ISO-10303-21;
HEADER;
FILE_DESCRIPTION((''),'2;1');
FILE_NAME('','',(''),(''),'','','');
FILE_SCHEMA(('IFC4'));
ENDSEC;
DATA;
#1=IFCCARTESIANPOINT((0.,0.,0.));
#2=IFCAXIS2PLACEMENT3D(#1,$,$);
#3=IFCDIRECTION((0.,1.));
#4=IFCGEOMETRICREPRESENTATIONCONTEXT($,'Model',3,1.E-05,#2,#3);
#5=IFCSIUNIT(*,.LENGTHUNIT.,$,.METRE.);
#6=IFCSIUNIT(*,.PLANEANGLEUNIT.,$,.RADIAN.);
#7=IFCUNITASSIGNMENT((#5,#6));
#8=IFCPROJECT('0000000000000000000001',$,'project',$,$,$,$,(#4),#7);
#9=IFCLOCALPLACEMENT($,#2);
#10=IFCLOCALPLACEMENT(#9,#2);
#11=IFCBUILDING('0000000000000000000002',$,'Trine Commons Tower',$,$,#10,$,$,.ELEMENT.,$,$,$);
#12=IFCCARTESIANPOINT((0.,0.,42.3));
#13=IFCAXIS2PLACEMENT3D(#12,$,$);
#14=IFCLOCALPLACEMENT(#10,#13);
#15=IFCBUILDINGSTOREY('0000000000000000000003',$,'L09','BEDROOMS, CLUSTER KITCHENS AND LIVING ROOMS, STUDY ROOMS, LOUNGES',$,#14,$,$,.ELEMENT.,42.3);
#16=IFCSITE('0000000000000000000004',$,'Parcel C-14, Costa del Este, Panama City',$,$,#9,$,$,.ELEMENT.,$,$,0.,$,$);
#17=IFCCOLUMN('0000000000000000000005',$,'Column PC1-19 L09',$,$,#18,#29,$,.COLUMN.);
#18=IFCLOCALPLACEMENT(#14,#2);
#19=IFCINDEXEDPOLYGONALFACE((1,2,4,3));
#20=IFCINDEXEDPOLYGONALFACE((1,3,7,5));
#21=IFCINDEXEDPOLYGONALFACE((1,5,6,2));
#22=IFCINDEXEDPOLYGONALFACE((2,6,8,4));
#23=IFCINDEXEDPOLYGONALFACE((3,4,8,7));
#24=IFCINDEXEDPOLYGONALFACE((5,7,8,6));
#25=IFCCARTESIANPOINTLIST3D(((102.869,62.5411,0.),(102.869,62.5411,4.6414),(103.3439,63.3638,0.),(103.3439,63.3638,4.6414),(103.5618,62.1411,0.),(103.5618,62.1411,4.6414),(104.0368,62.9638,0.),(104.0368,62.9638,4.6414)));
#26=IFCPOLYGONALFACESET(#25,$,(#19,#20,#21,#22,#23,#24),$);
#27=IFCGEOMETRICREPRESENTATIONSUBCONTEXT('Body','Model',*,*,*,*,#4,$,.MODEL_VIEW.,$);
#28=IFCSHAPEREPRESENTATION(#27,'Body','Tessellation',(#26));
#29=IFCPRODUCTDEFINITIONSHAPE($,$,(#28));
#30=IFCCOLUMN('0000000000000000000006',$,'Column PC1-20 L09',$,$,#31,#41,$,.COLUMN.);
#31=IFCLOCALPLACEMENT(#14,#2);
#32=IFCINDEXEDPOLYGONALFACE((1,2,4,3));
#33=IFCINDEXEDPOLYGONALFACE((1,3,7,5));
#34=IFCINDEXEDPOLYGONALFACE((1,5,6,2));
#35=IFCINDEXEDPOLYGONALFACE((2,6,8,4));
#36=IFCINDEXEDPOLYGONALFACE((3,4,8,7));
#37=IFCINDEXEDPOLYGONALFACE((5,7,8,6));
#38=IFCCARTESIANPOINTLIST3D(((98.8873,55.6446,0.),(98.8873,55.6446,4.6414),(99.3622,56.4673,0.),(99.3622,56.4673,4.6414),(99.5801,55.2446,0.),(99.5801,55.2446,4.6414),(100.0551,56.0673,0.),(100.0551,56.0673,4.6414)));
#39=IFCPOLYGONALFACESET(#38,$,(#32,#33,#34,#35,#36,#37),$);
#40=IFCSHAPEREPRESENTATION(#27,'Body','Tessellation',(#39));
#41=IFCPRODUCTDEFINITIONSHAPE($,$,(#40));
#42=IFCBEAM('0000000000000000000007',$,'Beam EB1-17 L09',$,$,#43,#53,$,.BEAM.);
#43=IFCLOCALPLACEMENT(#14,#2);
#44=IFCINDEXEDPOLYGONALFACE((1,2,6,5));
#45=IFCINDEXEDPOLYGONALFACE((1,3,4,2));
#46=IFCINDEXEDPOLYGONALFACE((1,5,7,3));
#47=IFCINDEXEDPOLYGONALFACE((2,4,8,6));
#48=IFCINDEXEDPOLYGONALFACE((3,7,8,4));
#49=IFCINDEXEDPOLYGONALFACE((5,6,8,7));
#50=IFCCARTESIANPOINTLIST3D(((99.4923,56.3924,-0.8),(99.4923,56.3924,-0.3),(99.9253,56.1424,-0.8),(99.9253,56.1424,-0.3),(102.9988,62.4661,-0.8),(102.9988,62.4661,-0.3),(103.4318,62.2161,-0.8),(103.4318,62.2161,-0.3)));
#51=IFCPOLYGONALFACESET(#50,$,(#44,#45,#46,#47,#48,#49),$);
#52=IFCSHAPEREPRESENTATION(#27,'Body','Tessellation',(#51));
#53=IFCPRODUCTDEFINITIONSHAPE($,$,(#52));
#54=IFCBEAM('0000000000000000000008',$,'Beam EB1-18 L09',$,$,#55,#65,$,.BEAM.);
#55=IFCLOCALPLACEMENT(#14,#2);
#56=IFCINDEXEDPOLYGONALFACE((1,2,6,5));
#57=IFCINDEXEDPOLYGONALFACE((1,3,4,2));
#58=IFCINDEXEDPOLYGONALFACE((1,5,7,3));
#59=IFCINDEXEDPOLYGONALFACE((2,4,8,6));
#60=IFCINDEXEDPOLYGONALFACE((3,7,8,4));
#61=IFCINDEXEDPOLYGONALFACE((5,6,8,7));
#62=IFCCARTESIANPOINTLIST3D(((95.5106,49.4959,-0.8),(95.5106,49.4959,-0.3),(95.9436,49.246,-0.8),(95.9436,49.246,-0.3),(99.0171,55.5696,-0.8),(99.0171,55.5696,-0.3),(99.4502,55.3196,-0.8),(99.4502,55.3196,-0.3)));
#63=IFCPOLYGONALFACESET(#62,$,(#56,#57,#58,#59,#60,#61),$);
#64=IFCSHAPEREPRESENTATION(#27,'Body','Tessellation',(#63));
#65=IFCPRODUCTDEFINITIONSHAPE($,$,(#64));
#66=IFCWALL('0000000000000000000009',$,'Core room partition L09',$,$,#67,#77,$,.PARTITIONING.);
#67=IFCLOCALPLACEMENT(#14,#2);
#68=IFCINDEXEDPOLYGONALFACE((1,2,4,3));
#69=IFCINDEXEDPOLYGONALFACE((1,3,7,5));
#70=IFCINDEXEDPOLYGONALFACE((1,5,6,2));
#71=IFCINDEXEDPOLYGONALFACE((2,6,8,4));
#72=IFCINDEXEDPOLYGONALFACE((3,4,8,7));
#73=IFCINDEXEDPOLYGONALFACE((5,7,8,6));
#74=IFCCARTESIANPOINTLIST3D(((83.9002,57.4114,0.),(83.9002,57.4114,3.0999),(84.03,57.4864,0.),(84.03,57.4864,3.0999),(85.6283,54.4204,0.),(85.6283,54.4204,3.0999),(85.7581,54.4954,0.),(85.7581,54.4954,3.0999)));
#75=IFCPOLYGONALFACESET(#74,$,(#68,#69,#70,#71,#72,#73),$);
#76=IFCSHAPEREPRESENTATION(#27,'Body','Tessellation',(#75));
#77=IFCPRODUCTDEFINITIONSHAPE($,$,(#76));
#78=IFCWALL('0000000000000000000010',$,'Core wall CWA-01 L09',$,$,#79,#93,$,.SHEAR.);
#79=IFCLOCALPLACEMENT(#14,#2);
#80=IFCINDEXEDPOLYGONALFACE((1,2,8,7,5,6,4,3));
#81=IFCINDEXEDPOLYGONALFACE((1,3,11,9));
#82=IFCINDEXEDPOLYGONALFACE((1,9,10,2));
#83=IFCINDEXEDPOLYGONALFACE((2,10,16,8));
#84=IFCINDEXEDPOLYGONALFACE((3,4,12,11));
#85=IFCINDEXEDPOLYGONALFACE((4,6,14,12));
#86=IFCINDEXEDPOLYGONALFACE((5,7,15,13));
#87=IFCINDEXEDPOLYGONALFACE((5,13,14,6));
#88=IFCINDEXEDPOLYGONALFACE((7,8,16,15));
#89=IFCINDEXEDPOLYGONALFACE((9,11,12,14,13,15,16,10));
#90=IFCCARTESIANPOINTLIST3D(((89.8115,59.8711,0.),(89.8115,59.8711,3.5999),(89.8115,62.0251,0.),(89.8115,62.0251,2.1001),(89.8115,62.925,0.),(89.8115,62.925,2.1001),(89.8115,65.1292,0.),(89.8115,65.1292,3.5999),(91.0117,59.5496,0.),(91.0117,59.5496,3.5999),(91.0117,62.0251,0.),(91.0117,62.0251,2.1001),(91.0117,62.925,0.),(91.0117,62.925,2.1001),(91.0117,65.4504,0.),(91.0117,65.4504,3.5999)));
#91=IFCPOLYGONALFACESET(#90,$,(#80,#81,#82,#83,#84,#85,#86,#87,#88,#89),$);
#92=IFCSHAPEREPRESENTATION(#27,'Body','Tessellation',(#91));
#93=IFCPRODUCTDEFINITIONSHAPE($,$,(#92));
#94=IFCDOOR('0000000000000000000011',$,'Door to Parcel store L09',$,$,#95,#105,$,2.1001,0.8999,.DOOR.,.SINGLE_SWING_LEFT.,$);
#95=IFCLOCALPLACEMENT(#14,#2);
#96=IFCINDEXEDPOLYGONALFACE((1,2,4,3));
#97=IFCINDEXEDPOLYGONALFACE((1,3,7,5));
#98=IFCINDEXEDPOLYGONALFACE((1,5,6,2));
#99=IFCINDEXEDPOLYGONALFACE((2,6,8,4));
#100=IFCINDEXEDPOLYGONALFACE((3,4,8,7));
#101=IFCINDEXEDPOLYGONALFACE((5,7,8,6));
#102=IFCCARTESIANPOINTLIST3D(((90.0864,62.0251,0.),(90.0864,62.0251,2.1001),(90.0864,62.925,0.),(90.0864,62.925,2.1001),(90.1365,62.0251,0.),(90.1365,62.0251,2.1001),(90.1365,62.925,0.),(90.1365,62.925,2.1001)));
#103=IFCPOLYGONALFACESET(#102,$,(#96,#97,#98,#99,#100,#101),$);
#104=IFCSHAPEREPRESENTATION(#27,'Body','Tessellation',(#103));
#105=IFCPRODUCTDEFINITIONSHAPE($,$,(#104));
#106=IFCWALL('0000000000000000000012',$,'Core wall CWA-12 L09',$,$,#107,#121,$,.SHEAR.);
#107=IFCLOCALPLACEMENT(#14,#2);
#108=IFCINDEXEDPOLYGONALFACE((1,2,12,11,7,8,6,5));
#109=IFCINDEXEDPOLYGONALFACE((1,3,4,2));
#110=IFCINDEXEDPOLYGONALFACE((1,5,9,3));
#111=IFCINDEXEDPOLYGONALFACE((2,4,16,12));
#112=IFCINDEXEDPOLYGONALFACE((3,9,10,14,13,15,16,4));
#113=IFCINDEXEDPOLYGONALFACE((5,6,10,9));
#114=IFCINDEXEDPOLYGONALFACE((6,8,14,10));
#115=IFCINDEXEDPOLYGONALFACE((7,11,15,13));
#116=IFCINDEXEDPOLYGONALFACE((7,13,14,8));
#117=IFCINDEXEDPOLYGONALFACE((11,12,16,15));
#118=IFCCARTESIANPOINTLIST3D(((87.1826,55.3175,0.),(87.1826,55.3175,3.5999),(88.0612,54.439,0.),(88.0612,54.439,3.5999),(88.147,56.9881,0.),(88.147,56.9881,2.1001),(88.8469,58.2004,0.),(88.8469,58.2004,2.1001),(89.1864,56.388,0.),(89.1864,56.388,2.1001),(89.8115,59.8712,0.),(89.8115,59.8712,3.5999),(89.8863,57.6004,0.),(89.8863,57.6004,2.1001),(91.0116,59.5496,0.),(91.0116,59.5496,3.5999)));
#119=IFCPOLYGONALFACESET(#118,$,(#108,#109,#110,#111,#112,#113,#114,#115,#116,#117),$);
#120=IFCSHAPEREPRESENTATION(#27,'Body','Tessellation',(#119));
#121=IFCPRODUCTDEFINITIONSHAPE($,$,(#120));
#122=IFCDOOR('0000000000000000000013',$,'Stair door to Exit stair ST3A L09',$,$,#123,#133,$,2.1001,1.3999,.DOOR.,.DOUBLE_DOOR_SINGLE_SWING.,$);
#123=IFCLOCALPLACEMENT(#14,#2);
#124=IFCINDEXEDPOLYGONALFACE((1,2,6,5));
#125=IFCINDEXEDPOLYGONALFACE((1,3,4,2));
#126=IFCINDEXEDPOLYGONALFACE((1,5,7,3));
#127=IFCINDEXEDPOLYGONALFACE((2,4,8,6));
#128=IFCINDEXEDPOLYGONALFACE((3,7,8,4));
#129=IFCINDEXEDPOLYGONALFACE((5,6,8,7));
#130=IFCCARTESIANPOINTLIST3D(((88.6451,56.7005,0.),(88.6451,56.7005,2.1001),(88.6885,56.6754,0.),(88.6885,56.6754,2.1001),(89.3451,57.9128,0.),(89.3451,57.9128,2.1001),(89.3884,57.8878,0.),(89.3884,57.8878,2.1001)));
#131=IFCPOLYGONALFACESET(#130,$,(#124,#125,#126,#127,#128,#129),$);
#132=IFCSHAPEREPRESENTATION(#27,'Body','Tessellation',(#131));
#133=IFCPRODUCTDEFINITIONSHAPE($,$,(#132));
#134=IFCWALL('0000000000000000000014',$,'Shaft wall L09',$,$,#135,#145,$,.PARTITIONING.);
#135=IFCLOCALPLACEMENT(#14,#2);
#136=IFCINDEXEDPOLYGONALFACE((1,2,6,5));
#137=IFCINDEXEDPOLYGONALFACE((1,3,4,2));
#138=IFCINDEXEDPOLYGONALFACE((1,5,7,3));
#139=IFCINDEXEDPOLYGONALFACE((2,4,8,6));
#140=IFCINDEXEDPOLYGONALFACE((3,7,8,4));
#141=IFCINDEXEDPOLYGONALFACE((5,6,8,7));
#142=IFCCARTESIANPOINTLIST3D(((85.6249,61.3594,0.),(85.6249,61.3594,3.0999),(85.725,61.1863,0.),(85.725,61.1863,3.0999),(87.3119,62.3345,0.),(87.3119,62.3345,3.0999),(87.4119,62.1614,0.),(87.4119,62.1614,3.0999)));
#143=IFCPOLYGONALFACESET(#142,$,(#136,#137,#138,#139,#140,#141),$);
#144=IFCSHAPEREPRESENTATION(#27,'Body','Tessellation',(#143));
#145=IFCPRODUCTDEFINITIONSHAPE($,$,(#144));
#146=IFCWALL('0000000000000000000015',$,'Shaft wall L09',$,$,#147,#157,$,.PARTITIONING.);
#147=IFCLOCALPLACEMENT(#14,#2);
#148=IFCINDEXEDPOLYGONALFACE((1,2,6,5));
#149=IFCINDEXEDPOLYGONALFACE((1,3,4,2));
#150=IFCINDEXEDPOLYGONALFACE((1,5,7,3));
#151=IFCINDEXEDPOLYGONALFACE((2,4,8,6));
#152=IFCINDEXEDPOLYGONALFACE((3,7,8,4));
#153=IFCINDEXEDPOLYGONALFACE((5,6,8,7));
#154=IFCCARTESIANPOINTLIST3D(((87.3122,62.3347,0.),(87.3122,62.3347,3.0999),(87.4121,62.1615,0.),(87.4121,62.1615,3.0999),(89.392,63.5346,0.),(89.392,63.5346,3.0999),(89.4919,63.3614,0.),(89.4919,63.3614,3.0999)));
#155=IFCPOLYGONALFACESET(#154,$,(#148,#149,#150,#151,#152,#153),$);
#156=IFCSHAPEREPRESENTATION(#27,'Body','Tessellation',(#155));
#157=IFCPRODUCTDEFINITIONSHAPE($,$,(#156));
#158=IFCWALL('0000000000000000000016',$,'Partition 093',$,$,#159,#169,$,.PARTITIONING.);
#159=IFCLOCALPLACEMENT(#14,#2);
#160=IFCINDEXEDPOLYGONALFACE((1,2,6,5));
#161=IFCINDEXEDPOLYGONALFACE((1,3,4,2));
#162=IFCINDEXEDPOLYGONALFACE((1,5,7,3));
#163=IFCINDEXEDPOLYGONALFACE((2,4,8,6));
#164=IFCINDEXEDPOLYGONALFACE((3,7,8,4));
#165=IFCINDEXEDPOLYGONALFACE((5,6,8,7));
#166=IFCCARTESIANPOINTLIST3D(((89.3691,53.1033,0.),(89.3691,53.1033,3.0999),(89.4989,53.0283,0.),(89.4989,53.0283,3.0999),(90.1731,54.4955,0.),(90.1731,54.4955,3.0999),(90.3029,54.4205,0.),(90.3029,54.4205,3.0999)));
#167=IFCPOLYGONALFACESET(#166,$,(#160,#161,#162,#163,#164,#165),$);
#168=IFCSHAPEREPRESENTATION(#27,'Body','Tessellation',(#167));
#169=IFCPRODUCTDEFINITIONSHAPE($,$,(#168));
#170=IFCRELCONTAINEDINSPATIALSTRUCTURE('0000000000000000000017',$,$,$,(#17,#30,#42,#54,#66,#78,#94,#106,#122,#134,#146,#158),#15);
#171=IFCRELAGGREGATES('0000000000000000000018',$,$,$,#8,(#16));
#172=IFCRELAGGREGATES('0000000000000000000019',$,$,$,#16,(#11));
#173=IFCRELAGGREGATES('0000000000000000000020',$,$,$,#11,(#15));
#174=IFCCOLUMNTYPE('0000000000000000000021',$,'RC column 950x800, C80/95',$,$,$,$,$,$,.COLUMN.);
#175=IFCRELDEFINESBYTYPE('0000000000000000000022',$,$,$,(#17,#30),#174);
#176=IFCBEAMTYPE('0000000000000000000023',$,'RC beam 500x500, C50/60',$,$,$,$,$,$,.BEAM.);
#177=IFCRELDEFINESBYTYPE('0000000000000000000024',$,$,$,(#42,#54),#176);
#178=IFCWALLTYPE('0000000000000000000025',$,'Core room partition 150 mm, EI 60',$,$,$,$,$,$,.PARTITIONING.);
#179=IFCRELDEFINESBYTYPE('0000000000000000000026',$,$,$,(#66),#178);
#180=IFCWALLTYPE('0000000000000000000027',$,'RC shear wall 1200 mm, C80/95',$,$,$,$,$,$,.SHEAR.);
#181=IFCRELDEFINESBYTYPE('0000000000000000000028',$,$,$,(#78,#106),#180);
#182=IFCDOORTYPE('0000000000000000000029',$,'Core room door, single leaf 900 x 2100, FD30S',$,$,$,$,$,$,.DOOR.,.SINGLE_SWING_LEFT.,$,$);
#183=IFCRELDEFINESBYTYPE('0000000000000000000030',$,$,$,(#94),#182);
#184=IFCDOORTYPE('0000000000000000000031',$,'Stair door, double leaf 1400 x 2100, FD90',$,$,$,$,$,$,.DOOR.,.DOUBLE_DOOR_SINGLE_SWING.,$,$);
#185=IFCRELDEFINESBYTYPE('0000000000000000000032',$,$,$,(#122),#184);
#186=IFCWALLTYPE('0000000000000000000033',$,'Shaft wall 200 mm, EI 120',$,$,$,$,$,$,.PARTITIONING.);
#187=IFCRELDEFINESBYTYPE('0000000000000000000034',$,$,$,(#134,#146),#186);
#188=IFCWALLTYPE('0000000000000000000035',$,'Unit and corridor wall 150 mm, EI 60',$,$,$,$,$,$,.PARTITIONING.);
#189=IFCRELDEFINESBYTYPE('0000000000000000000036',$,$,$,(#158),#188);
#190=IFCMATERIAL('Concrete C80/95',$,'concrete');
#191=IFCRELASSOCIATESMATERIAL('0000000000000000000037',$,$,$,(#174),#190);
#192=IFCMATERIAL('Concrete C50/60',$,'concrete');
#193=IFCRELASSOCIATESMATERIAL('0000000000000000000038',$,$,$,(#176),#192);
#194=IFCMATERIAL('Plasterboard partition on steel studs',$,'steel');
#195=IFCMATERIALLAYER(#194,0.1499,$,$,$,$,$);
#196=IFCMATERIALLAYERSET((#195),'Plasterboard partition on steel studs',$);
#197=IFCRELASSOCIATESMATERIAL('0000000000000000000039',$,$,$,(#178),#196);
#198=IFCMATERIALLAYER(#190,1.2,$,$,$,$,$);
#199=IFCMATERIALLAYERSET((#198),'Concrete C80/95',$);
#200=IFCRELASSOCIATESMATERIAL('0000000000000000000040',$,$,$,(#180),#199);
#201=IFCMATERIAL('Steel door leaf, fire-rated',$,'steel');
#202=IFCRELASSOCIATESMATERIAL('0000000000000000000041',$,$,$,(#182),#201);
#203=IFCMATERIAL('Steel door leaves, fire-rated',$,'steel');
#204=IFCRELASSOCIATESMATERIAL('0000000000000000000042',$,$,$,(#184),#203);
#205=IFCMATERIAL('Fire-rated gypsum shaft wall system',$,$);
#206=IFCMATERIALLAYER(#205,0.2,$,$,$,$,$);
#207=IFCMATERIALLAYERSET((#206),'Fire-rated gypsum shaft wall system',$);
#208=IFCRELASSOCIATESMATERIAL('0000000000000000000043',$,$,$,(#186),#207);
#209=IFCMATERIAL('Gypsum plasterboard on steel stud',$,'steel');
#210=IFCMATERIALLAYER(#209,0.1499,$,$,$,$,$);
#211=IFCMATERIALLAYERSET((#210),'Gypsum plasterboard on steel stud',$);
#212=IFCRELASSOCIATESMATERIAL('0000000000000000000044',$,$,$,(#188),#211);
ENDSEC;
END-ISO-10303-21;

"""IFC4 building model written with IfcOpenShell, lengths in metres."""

from ifc_helpers import new_model, si_unit, direction, frame, frame_2d, origin, origin_2d, place, context, subcontext, project, spatial, polyline, rectangle, outline, extrude, material, layer, layer_set, material_profile, profile_set, type_object, element, fill, save


model = new_model("IFC4")

# Units and contexts
model_context = context("Model", 3, precision=1e-05, world=origin(), true_north=direction((0.0, 1.0)))
body_context = subcontext(model_context, "Body", "Model", "MODEL_VIEW")
ifc_project = project(units=[si_unit("LENGTHUNIT", "METRE"), si_unit("PLANEANGLEUNIT", "RADIAN")], contexts=[model_context])

# Site, building, storey
site_placement = place(None, origin())
site = spatial("IfcSite", under=ifc_project, at=site_placement, Name="Parcel C-14, Costa del Este, Panama City", CompositionType="ELEMENT", RefElevation=0.0)
building_placement = place(site_placement, origin())
building = spatial("IfcBuilding", under=site, at=building_placement, Name="Trine Commons Tower", CompositionType="ELEMENT")
storey_placement = place(building_placement, frame((0.0, 0.0, 42.3)))
storey = spatial("IfcBuildingStorey", under=building, at=storey_placement, Name="L09", Description="BEDROOMS, CLUSTER KITCHENS AND LIVING ROOMS, STUDY ROOMS, LOUNGES", CompositionType="ELEMENT", Elevation=42.3)

# Columns
ifc_material_1 = material(Name="Concrete C80/95", Category="concrete")
ifc_material_profile_1 = material_profile(ifc_material_1, rectangle(XDim=0.95, YDim=0.8, at=origin_2d()), Name="RC 950x800")
ifc_profile_set_1 = profile_set([ifc_material_profile_1], Name="Concrete C80/95")
column_type = type_object("IfcColumnType", Name="RC column 950x800, C80/95", PredefinedType="COLUMN", material=ifc_profile_set_1)
for number, where, z_axis, x_axis, name in (
    (1, (103.4529, 62.7524, 0.0), (0.0, 0.0, 1.0), (0.5, 0.866025, 0.0), "Column PC1-19 L09"),
    (2, (99.4712, 55.856, 0.0), (0.0, 0.0, 1.0), (0.5, 0.866025, 0.0), "Column PC1-20 L09"),
):
    element("IfcColumn", number, at=place(storey_placement, frame(where, z_axis=z_axis, x_axis=x_axis)), inside=storey, type_object=column_type, Name=name, PredefinedType="COLUMN", context=body_context, shape_type="SweptSolid", body=[
        extrude(rectangle(XDim=0.95, YDim=0.8, at=origin_2d()), origin(), (0.0, 0.0, 1.0), 4.6414),
    ])

# Beams
ifc_material_2 = material(Name="Concrete C50/60", Category="concrete")
ifc_material_profile_2 = material_profile(ifc_material_2, rectangle(XDim=0.5, YDim=0.5, at=origin_2d()), Name="RC 500x500")
ifc_profile_set_2 = profile_set([ifc_material_profile_2], Name="Concrete C50/60")
beam_type = type_object("IfcBeamType", Name="RC beam 500x500, C50/60", PredefinedType="BEAM", material=ifc_profile_set_2)
for number, where, z_axis, x_axis, name in (
    (3, (103.2153, 62.3411, -0.55), (-0.499992, -0.86603, 0.0), (0.86603, -0.499992, 0.0), "Beam EB1-17 L09"),
    (4, (99.2336, 55.4446, -0.55), (-0.499992, -0.86603, 0.0), (0.86603, -0.499992, 0.0), "Beam EB1-18 L09"),
):
    element("IfcBeam", number, at=place(storey_placement, frame(where, z_axis=z_axis, x_axis=x_axis)), inside=storey, type_object=beam_type, Name=name, PredefinedType="BEAM", context=body_context, shape_type="SweptSolid", body=[
        extrude(rectangle(XDim=0.5, YDim=0.5, at=origin_2d()), origin(), (0.0, 0.0, 1.0), 7.0132),
    ])

# Wall
ifc_material_3 = material(Name="Plasterboard partition on steel studs", Category="steel")
ifc_layer_1 = layer(ifc_material_3, 0.1499)
ifc_layer_set_1 = layer_set([ifc_layer_1], Name="Plasterboard partition on steel studs")
wall_type_1 = type_object("IfcWallType", Name="Core room partition 150 mm, EI 60", PredefinedType="PARTITIONING", material=ifc_layer_set_1)
wall_1_placement = place(storey_placement, frame((85.6931, 54.458, 0.0), z_axis=(0.0, 0.0, 1.0), x_axis=(-0.500259, 0.865876, 0.0)))
element("IfcWall", 5, at=wall_1_placement, inside=storey, type_object=wall_type_1, Name="Core room partition L09", PredefinedType="PARTITIONING", context=body_context, shape_type="SweptSolid", body=[
    extrude(rectangle(XDim=3.4543, YDim=0.1499, at=frame_2d((1.7271, 0.0))), origin(), (0.0, 0.0, 1.0), 3.0999),
])

# Walls, openings, doors
ifc_layer_2 = layer(ifc_material_1, 1.2)
ifc_layer_set_2 = layer_set([ifc_layer_2], Name="Concrete C80/95")
wall_type_2 = type_object("IfcWallType", Name="RC shear wall 1200 mm, C80/95", PredefinedType="SHEAR", material=ifc_layer_set_2)
wall_2_placement = place(storey_placement, frame((90.4116, 59.5496, 0.0), z_axis=(0.0, 0.0, 1.0), x_axis=(0.0, 1.0, 0.0)))
wall_2 = element("IfcWall", 6, at=wall_2_placement, inside=storey, type_object=wall_type_2, Name="Core wall CWA-01 L09", PredefinedType="SHEAR", context=body_context, shape_type="SweptSolid", body=[
    extrude(outline(polyline([(0.0, -0.6001), (5.9009, -0.6001), (5.5796, 0.6001), (0.3215, 0.6001), (0.0, -0.6001)])), origin(), (0.0, 0.0, 1.0), 3.5999),
])
opening_1_placement = place(wall_2_placement, frame((2.4756, 0.0, 0.0)))
opening_1 = element("IfcOpeningElement", 7, at=opening_1_placement, cuts=wall_2, PredefinedType="OPENING", context=body_context, shape_type="SweptSolid", body=[
    extrude(rectangle(XDim=0.8999, YDim=2.1001, at=frame_2d((0.45, 1.05))), frame((0.0, 0.6099, 0.0), z_axis=(0.0, -1.0, 0.0), x_axis=(1.0, 0.0, 0.0)), (0.0, 0.0, 1.0), 1.22),
])
ifc_material_4 = material(Name="Steel door leaf, fire-rated", Category="steel")
door_type_1 = type_object("IfcDoorType", Name="Core room door, single leaf 900 x 2100, FD30S", OperationType="SINGLE_SWING_LEFT", PredefinedType="DOOR", material=ifc_material_4)
door_1_placement = place(opening_1_placement, origin())
door_1 = element("IfcDoor", 8, at=door_1_placement, inside=storey, type_object=door_type_1, Name="Door to Parcel store L09", OperationType="SINGLE_SWING_LEFT", OverallHeight=2.1001, OverallWidth=0.8999, PredefinedType="DOOR", context=body_context, shape_type="SweptSolid", body=[
    extrude(rectangle(XDim=0.8999, YDim=2.1001, at=frame_2d((0.45, 1.05))), frame((0.0, 0.3252, 0.0), z_axis=(0.0, -1.0, 0.0), x_axis=(1.0, 0.0, 0.0)), (0.0, 0.0, 1.0), 0.05),
])
fill(opening_1, door_1)
wall_3_placement = place(storey_placement, frame((87.5415, 54.739, 0.0), z_axis=(0.0, 0.0, 1.0), x_axis=(0.499979, 0.866037, 0.0)))
wall_3 = element("IfcWall", 9, at=wall_3_placement, inside=storey, type_object=wall_type_2, Name="Core wall CWA-12 L09", PredefinedType="SHEAR", context=body_context, shape_type="SweptSolid", body=[
    extrude(outline(polyline([(0.0, -0.6001), (5.9011, -0.6001), (5.5796, 0.6001), (0.3215, 0.6001), (0.0, -0.6001)])), origin(), (0.0, 0.0, 1.0), 3.5999),
])
opening_2_placement = place(wall_3_placement, frame((2.2505, 0.0, 0.0)))
opening_2 = element("IfcOpeningElement", 10, at=opening_2_placement, cuts=wall_3, PredefinedType="OPENING", context=body_context, shape_type="SweptSolid", body=[
    extrude(rectangle(XDim=1.3999, YDim=2.1001, at=frame_2d((0.7, 1.05))), frame((0.0, 0.6099, 0.0), z_axis=(0.0, -1.0, 0.0), x_axis=(1.0, 0.0, 0.0)), (0.0, 0.0, 1.0), 1.22),
])
ifc_material_5 = material(Name="Steel door leaves, fire-rated", Category="steel")
door_type_2 = type_object("IfcDoorType", Name="Stair door, double leaf 1400 x 2100, FD90", OperationType="DOUBLE_DOOR_SINGLE_SWING", PredefinedType="DOOR", material=ifc_material_5)
door_2_placement = place(opening_2_placement, origin())
door_2 = element("IfcDoor", 11, at=door_2_placement, inside=storey, type_object=door_type_2, Name="Stair door to Exit stair ST3A L09", OperationType="DOUBLE_DOOR_SINGLE_SWING", OverallHeight=2.1001, OverallWidth=1.3999, PredefinedType="DOOR", context=body_context, shape_type="SweptSolid", body=[
    extrude(rectangle(XDim=1.3999, YDim=2.1001, at=frame_2d((0.7, 1.05))), frame((0.0, 0.0249, 0.0), z_axis=(0.0, -1.0, 0.0), x_axis=(1.0, 0.0, 0.0)), (0.0, 0.0, 1.0), 0.05),
])
fill(opening_2, door_2)

# Walls
ifc_material_6 = material(Name="Fire-rated gypsum shaft wall system")
ifc_layer_3 = layer(ifc_material_6, 0.2)
ifc_layer_set_3 = layer_set([ifc_layer_3], Name="Fire-rated gypsum shaft wall system")
wall_type_3 = type_object("IfcWallType", Name="Shaft wall 200 mm, EI 120", PredefinedType="PARTITIONING", material=ifc_layer_set_3)
wall_4_placement = place(storey_placement, frame((85.675, 61.2729, 0.0), z_axis=(0.0, 0.0, 1.0), x_axis=(0.865781, 0.500424, 0.0)))
element("IfcWall", 12, at=wall_4_placement, inside=storey, type_object=wall_type_3, Name="Shaft wall L09", PredefinedType="PARTITIONING", context=body_context, shape_type="SweptSolid", body=[
    extrude(rectangle(XDim=1.9485, YDim=0.2, at=frame_2d((0.9741, 0.0))), origin(), (0.0, 0.0, 1.0), 3.0999),
])
wall_5_placement = place(storey_placement, frame((87.3621, 62.248, 0.0), z_axis=(0.0, 0.0, 1.0), x_axis=(0.866177, 0.499737, 0.0)))
element("IfcWall", 13, at=wall_5_placement, inside=storey, type_object=wall_type_3, Name="Shaft wall L09", PredefinedType="PARTITIONING", context=body_context, shape_type="SweptSolid", body=[
    extrude(rectangle(XDim=2.4011, YDim=0.2, at=frame_2d((1.2007, 0.0))), origin(), (0.0, 0.0, 1.0), 3.0999),
])
ifc_material_7 = material(Name="Gypsum plasterboard on steel stud", Category="steel")
ifc_layer_4 = layer(ifc_material_7, 0.1499)
ifc_layer_set_4 = layer_set([ifc_layer_4], Name="Gypsum plasterboard on steel stud")
wall_type_4 = type_object("IfcWallType", Name="Unit and corridor wall 150 mm, EI 60", PredefinedType="PARTITIONING", material=ifc_layer_set_4)
wall_6_placement = place(storey_placement, frame((89.4341, 53.0659, 0.0), z_axis=(0.0, 0.0, 1.0), x_axis=(0.500108, 0.865963, 0.0)))
element("IfcWall", 14, at=wall_6_placement, inside=storey, type_object=wall_type_4, Name="Partition 093", PredefinedType="PARTITIONING", context=body_context, shape_type="SweptSolid", body=[
    extrude(rectangle(XDim=1.6077, YDim=0.1499, at=frame_2d((0.8037, 0.0))), origin(), (0.0, 0.0, 1.0), 3.0999),
])

save(model, "model.ifc")
